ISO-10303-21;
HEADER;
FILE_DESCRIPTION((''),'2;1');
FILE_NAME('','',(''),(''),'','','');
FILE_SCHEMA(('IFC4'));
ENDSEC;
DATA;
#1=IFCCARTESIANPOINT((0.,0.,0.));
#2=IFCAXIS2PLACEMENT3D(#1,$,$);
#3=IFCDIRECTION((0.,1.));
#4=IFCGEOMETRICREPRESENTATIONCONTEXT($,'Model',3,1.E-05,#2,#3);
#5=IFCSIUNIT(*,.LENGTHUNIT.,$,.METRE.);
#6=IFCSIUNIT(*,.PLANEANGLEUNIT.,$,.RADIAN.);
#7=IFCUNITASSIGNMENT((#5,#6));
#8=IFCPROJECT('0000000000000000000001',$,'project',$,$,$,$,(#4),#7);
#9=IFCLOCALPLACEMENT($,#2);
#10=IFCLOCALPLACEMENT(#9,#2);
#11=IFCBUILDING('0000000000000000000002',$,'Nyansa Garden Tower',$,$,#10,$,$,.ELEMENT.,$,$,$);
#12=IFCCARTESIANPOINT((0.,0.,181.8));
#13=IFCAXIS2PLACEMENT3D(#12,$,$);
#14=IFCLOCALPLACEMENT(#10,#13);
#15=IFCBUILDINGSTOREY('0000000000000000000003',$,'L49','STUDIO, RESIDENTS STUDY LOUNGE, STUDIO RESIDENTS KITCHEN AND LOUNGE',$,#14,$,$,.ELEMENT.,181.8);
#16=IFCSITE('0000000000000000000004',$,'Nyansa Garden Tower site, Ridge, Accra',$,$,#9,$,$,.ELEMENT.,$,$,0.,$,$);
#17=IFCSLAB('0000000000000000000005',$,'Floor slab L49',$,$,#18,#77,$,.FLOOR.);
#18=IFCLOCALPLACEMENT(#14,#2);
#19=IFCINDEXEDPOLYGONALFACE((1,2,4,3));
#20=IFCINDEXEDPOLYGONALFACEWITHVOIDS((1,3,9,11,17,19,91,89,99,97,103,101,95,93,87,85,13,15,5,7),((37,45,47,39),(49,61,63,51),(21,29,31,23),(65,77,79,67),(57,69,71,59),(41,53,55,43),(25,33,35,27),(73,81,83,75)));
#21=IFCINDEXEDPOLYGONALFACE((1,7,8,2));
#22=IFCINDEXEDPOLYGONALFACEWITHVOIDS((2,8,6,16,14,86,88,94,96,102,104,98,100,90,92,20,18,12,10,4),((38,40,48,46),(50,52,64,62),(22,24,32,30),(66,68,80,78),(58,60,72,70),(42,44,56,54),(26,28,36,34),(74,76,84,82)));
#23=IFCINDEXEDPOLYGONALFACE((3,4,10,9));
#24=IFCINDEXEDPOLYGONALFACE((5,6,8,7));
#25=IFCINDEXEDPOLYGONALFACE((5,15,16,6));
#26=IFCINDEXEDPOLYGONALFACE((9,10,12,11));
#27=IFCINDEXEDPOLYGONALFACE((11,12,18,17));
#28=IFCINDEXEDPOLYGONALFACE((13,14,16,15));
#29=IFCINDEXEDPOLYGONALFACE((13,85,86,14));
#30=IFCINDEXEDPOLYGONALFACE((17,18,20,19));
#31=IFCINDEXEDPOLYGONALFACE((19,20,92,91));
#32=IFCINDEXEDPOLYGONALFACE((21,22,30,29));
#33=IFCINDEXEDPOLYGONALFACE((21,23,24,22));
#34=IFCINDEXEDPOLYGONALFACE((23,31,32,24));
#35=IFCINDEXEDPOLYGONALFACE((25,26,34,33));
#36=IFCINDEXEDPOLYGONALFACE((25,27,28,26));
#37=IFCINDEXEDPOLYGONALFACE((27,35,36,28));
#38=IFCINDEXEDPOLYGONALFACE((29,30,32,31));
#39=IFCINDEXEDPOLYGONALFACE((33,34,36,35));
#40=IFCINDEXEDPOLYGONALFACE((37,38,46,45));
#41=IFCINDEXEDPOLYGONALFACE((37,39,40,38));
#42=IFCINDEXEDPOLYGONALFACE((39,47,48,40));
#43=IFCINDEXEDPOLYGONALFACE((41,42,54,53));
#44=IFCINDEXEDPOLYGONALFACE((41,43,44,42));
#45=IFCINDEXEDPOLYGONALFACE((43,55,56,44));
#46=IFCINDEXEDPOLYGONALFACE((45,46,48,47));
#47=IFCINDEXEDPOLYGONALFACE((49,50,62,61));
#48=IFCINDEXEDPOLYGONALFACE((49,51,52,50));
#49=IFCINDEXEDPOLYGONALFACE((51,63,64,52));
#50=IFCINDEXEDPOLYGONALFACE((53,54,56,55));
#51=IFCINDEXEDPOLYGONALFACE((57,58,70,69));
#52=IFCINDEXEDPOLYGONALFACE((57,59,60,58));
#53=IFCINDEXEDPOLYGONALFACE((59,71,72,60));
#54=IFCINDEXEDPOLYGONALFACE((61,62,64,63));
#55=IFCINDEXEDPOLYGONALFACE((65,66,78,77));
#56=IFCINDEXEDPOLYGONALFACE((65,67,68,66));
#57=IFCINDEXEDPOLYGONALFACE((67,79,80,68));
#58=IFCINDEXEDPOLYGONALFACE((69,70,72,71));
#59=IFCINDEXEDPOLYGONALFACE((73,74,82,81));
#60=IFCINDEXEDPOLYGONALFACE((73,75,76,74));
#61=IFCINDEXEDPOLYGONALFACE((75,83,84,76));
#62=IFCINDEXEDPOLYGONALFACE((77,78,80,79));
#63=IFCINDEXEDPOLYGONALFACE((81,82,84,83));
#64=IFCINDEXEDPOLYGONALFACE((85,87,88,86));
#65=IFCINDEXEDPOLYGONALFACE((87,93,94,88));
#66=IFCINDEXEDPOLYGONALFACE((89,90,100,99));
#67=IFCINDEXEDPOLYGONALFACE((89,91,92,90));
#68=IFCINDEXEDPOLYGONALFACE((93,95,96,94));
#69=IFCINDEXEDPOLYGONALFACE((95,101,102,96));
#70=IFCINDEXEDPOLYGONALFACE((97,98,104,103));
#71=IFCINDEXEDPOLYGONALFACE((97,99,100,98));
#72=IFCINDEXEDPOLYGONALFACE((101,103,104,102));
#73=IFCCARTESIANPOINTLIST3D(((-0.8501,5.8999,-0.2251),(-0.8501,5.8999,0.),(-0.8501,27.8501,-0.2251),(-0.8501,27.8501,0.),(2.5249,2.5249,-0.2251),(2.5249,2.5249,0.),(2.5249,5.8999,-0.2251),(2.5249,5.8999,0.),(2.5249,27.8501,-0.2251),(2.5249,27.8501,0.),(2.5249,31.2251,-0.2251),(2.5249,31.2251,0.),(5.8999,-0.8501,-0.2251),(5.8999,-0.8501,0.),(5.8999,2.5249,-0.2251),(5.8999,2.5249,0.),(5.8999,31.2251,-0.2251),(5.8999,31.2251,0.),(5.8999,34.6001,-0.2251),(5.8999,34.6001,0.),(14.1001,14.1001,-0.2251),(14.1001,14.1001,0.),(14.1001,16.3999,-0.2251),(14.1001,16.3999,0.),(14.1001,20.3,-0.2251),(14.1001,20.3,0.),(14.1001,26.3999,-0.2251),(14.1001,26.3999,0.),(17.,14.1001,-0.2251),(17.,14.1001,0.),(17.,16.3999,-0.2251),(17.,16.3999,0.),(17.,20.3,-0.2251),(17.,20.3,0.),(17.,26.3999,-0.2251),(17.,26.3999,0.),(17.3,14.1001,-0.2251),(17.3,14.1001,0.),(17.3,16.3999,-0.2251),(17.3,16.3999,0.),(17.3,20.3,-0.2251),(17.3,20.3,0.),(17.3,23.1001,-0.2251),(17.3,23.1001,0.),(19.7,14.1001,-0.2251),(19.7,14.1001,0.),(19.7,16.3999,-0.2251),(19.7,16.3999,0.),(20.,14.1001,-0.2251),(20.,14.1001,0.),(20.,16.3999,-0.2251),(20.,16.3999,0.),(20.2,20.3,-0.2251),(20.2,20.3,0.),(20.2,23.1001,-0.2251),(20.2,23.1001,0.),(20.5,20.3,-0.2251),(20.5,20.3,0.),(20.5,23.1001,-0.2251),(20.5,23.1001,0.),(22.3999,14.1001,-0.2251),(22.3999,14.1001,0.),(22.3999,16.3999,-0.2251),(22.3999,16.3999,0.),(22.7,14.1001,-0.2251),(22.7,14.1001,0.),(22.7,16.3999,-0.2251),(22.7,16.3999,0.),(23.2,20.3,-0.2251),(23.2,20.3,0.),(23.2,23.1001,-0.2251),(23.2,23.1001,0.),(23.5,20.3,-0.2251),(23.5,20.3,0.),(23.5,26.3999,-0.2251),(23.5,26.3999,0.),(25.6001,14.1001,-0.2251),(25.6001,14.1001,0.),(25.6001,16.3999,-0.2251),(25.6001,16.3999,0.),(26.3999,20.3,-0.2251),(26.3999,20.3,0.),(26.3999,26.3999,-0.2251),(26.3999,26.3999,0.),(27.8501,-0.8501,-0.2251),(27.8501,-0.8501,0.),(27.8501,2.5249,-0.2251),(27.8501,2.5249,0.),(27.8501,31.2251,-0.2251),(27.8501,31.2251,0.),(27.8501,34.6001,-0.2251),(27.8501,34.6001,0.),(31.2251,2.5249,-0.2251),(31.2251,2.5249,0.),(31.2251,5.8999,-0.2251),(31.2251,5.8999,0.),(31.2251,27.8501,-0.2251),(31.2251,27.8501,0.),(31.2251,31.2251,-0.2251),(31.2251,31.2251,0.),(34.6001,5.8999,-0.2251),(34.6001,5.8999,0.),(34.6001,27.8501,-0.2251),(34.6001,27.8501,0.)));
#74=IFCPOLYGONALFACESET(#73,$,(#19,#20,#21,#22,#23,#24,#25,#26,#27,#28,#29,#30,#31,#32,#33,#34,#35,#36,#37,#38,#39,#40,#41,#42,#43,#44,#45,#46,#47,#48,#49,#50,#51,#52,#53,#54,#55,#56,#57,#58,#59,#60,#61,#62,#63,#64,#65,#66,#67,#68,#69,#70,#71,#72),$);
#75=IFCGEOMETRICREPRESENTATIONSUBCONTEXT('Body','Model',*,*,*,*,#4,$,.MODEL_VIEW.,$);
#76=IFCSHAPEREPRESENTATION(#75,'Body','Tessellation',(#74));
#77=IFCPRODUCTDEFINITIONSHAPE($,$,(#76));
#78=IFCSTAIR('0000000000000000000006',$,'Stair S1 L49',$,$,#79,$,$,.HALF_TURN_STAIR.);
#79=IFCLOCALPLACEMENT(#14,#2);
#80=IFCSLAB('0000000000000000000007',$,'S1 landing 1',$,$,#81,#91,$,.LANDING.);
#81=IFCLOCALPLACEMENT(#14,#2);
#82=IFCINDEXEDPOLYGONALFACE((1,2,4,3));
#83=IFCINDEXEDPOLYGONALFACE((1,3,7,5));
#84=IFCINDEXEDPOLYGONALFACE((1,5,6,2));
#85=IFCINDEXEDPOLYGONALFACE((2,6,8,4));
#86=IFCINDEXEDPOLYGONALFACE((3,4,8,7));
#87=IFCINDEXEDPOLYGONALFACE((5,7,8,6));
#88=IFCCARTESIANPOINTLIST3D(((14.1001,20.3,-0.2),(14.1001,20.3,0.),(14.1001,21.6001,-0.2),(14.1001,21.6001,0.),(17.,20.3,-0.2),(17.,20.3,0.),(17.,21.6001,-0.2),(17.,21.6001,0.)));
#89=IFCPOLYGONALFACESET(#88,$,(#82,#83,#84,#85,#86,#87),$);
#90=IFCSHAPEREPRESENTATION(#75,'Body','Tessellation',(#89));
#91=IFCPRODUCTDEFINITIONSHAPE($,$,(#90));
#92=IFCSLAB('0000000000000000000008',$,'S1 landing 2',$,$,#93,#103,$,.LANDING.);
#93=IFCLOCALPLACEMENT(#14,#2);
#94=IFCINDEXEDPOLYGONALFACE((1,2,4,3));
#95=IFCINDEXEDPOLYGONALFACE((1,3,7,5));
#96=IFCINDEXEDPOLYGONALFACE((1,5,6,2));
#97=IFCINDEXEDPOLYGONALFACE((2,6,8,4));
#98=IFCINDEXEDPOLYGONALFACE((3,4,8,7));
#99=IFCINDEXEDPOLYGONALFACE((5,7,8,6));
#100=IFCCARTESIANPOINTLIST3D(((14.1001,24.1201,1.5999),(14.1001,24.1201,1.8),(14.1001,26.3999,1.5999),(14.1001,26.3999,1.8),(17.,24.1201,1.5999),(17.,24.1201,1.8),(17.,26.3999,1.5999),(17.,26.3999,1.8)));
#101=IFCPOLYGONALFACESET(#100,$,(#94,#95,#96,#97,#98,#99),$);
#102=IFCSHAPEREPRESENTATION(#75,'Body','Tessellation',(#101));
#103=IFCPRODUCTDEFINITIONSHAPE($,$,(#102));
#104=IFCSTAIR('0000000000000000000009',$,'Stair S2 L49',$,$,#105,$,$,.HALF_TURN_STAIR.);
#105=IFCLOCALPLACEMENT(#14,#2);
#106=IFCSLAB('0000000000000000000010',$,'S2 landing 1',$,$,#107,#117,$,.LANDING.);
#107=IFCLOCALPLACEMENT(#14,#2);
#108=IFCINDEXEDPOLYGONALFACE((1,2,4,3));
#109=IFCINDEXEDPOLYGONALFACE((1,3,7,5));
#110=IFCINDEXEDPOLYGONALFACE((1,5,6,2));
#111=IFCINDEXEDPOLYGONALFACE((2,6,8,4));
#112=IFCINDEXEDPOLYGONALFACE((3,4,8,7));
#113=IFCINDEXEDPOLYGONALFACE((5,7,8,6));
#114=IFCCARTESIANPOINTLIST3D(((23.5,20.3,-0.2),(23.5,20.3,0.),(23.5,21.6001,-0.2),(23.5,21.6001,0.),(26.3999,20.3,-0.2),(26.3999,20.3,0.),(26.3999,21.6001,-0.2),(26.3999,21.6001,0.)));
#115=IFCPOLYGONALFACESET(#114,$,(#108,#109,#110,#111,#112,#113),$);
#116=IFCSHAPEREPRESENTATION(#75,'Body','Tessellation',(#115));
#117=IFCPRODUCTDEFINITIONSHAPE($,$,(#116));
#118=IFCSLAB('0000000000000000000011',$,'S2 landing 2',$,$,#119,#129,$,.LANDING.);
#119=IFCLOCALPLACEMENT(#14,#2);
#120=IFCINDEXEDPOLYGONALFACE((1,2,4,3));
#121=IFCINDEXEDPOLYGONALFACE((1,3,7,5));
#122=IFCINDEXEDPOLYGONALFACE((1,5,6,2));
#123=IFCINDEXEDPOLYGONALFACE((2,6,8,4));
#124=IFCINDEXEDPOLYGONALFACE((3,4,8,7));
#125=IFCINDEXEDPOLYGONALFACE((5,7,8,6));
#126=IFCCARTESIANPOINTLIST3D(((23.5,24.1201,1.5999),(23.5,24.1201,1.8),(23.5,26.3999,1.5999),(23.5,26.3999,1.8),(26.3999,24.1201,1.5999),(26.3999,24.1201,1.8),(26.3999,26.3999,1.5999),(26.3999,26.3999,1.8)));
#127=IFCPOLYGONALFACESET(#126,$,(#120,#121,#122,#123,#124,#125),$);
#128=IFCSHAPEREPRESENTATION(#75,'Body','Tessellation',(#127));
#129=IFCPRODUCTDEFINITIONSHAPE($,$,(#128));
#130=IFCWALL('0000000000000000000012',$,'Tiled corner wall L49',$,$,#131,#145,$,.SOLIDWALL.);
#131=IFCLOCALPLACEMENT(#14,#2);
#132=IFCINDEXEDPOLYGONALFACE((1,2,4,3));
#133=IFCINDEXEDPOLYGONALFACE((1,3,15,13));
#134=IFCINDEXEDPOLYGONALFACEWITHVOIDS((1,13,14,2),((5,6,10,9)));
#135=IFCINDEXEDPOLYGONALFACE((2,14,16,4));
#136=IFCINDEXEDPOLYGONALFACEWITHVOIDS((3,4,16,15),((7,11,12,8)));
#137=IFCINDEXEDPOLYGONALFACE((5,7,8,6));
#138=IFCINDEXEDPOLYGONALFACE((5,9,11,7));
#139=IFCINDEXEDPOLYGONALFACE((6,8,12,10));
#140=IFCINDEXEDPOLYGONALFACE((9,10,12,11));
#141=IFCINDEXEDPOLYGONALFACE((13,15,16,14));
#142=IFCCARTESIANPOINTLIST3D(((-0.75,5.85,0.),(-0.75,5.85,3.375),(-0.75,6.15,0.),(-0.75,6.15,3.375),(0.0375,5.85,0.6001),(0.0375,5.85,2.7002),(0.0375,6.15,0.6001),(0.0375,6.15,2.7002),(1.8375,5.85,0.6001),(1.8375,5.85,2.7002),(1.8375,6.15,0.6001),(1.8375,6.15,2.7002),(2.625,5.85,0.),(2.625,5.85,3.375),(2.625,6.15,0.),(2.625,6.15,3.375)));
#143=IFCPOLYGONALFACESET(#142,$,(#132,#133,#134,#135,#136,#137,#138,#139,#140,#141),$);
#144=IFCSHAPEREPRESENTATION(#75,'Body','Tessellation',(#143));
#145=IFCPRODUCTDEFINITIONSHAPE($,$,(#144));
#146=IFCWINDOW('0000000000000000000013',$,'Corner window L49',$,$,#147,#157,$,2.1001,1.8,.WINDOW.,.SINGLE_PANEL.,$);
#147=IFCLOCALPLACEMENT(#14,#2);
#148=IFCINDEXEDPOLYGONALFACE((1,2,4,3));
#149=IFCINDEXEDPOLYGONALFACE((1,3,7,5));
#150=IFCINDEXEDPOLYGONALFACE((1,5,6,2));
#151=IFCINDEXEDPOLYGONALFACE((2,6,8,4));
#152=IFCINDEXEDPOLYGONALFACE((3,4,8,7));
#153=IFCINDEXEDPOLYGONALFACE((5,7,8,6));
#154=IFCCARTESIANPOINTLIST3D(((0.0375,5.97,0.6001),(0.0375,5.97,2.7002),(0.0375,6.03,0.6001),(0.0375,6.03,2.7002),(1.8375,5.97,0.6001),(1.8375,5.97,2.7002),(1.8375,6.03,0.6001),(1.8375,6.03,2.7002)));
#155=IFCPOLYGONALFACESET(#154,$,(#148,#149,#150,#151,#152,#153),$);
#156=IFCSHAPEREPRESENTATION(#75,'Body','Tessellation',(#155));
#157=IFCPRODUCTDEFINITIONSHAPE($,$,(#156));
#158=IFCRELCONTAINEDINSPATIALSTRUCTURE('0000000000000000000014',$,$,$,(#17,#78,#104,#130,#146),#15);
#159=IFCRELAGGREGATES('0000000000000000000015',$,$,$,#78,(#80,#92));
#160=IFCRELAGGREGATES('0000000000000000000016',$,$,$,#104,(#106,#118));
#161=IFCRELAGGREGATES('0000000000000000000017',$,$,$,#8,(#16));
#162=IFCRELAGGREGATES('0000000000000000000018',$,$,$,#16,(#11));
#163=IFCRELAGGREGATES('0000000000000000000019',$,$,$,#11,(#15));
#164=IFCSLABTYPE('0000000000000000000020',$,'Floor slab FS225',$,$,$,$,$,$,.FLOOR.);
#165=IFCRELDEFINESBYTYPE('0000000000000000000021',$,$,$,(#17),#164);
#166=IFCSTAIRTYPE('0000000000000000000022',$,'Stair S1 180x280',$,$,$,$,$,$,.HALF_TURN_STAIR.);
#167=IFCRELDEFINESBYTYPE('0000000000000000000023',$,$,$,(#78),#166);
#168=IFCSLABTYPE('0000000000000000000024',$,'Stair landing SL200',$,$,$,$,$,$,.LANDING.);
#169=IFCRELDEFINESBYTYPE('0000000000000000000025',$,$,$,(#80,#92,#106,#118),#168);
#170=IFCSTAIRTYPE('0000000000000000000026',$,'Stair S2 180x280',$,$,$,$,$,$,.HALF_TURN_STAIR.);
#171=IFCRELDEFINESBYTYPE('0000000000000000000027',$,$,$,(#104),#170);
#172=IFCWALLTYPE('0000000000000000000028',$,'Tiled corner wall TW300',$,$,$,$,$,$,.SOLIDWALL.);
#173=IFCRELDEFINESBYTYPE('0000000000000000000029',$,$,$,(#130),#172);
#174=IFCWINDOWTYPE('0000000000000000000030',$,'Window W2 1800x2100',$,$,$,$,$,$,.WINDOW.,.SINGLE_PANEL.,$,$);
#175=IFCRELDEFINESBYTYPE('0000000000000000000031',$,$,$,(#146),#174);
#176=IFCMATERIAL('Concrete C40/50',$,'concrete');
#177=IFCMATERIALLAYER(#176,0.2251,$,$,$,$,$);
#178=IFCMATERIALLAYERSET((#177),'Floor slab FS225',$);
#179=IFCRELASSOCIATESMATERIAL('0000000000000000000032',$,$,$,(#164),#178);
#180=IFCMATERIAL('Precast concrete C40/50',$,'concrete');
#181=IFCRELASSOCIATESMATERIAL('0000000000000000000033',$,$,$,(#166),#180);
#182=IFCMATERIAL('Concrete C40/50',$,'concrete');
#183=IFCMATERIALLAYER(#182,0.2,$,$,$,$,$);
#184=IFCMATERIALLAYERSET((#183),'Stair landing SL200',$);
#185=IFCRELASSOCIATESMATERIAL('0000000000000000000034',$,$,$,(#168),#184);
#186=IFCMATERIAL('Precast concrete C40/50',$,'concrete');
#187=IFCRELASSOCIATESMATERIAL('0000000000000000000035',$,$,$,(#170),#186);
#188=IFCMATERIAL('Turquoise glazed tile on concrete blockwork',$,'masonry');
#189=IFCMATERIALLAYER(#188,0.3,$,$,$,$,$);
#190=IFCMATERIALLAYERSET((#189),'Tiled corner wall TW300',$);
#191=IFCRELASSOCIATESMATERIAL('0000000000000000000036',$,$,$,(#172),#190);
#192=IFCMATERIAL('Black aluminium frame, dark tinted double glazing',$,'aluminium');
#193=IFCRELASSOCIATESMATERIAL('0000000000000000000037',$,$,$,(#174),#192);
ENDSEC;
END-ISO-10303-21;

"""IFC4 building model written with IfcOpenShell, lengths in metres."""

from ifc_helpers import new_model, si_unit, direction, frame, frame_2d, origin, place, context, subcontext, project, spatial, polyline, rectangle, outline, extrude, material, layer, layer_set, type_object, element, fill, aggregate, save


model = new_model("IFC4")

# Units and contexts
model_context = context("Model", 3, precision=1e-05, world=origin(), true_north=direction((0.0, 1.0)))
body_context = subcontext(model_context, "Body", "Model", "MODEL_VIEW")
ifc_project = project(units=[si_unit("LENGTHUNIT", "METRE"), si_unit("PLANEANGLEUNIT", "RADIAN")], contexts=[model_context])

# Site, building, storey
site_placement = place(None, origin())
site = spatial("IfcSite", under=ifc_project, at=site_placement, Name="Nyansa Garden Tower site, Ridge, Accra", CompositionType="ELEMENT", RefElevation=0.0)
building_placement = place(site_placement, origin())
building = spatial("IfcBuilding", under=site, at=building_placement, Name="Nyansa Garden Tower", CompositionType="ELEMENT")
storey_placement = place(building_placement, frame((0.0, 0.0, 181.8)))
storey = spatial("IfcBuildingStorey", under=building, at=storey_placement, Name="L49", Description="STUDIO, RESIDENTS STUDY LOUNGE, STUDIO RESIDENTS KITCHEN AND LOUNGE", CompositionType="ELEMENT", Elevation=181.8)

# Slab
ifc_material_1 = material(Name="Concrete C40/50", Category="concrete")
ifc_layer_1 = layer(ifc_material_1, 0.2251)
ifc_layer_set_1 = layer_set([ifc_layer_1], Name="Floor slab FS225")
slab_type_1 = type_object("IfcSlabType", Name="Floor slab FS225", PredefinedType="FLOOR", material=ifc_layer_set_1)
slab_1_placement = place(storey_placement, frame((0.0, 0.0, -0.2251)))
element("IfcSlab", 1, at=slab_1_placement, inside=storey, type_object=slab_type_1, Name="Floor slab L49", PredefinedType="FLOOR", context=body_context, shape_type="SweptSolid", body=[
    extrude(outline(polyline([(34.6001, 5.8999), (31.2251, 5.8999), (31.2251, 2.5249), (27.8501, 2.5249), (27.8501, -0.8501), (5.8999, -0.8501), (5.8999, 2.5249), (2.5249, 2.5249), (2.5249, 5.8999), (-0.8501, 5.8999), (-0.8501, 27.8501), (2.5249, 27.8501), (2.5249, 31.2251), (5.8999, 31.2251), (5.8999, 34.6001), (27.8501, 34.6001), (27.8501, 31.2251), (31.2251, 31.2251), (31.2251, 27.8501), (34.6001, 27.8501), (34.6001, 5.8999)]), holes=[polyline([(14.1001, 14.1001), (17.0, 14.1001), (17.0, 16.3999), (14.1001, 16.3999), (14.1001, 14.1001)]), polyline([(17.3, 14.1001), (19.7, 14.1001), (19.7, 16.3999), (17.3, 16.3999), (17.3, 14.1001)]), polyline([(20.0, 14.1001), (22.3999, 14.1001), (22.3999, 16.3999), (20.0, 16.3999), (20.0, 14.1001)]), polyline([(22.7, 14.1001), (25.6001, 14.1001), (25.6001, 16.3999), (22.7, 16.3999), (22.7, 14.1001)]), polyline([(17.3, 20.3), (20.2, 20.3), (20.2, 23.1001), (17.3, 23.1001), (17.3, 20.3)]), polyline([(20.5, 20.3), (23.2, 20.3), (23.2, 23.1001), (20.5, 23.1001), (20.5, 20.3)]), polyline([(14.1001, 20.3), (17.0, 20.3), (17.0, 26.3999), (14.1001, 26.3999), (14.1001, 20.3)]), polyline([(23.5, 20.3), (26.3999, 20.3), (26.3999, 26.3999), (23.5, 26.3999), (23.5, 20.3)])]), origin(), (0.0, 0.0, 1.0), 0.2251),
])

# Stairs, slabs
ifc_material_2 = material(Name="Precast concrete C40/50", Category="concrete")
stair_type_1 = type_object("IfcStairType", Name="Stair S1 180x280", PredefinedType="HALF_TURN_STAIR", material=ifc_material_2)
stair_1_placement = place(storey_placement, origin())
stair_1 = element("IfcStair", 2, at=stair_1_placement, inside=storey, type_object=stair_type_1, Name="Stair S1 L49", PredefinedType="HALF_TURN_STAIR")
ifc_material_3 = material(Name="Concrete C40/50", Category="concrete")
ifc_layer_2 = layer(ifc_material_3, 0.2)
ifc_layer_set_2 = layer_set([ifc_layer_2], Name="Stair landing SL200")
slab_type_2 = type_object("IfcSlabType", Name="Stair landing SL200", PredefinedType="LANDING", material=ifc_layer_set_2)
slab_2_placement = place(storey_placement, frame((0.0, 0.0, -0.2)))
slab_2 = element("IfcSlab", 3, at=slab_2_placement, type_object=slab_type_2, Name="S1 landing 1", PredefinedType="LANDING", context=body_context, shape_type="SweptSolid", body=[
    extrude(outline(polyline([(14.1001, 20.3), (17.0, 20.3), (17.0, 21.6001), (14.1001, 21.6001), (14.1001, 20.3)])), origin(), (0.0, 0.0, 1.0), 0.2),
])
slab_3_placement = place(storey_placement, frame((0.0, 0.0, 1.5999)))
slab_3 = element("IfcSlab", 4, at=slab_3_placement, type_object=slab_type_2, Name="S1 landing 2", PredefinedType="LANDING", context=body_context, shape_type="SweptSolid", body=[
    extrude(outline(polyline([(14.1001, 24.1201), (17.0, 24.1201), (17.0, 26.3999), (14.1001, 26.3999), (14.1001, 24.1201)])), origin(), (0.0, 0.0, 1.0), 0.2002),
])
aggregate(stair_1, [slab_2, slab_3])
ifc_material_4 = material(Name="Precast concrete C40/50", Category="concrete")
stair_type_2 = type_object("IfcStairType", Name="Stair S2 180x280", PredefinedType="HALF_TURN_STAIR", material=ifc_material_4)
stair_2_placement = place(storey_placement, origin())
stair_2 = element("IfcStair", 5, at=stair_2_placement, inside=storey, type_object=stair_type_2, Name="Stair S2 L49", PredefinedType="HALF_TURN_STAIR")
slab_4_placement = place(storey_placement, frame((0.0, 0.0, -0.2)))
slab_4 = element("IfcSlab", 6, at=slab_4_placement, type_object=slab_type_2, Name="S2 landing 1", PredefinedType="LANDING", context=body_context, shape_type="SweptSolid", body=[
    extrude(outline(polyline([(23.5, 20.3), (26.3999, 20.3), (26.3999, 21.6001), (23.5, 21.6001), (23.5, 20.3)])), origin(), (0.0, 0.0, 1.0), 0.2),
])
slab_5_placement = place(storey_placement, frame((0.0, 0.0, 1.5999)))
slab_5 = element("IfcSlab", 7, at=slab_5_placement, type_object=slab_type_2, Name="S2 landing 2", PredefinedType="LANDING", context=body_context, shape_type="SweptSolid", body=[
    extrude(outline(polyline([(23.5, 24.1201), (26.3999, 24.1201), (26.3999, 26.3999), (23.5, 26.3999), (23.5, 24.1201)])), origin(), (0.0, 0.0, 1.0), 0.2002),
])
aggregate(stair_2, [slab_4, slab_5])

# Wall, opening, window
ifc_material_5 = material(Name="Turquoise glazed tile on concrete blockwork", Category="masonry")
ifc_layer_3 = layer(ifc_material_5, 0.3)
ifc_layer_set_3 = layer_set([ifc_layer_3], Name="Tiled corner wall TW300")
wall_type = type_object("IfcWallType", Name="Tiled corner wall TW300", PredefinedType="SOLIDWALL", material=ifc_layer_set_3)
wall_1_placement = place(storey_placement, frame((-0.75, 6.0, 0.0), z_axis=(0.0, 0.0, 1.0), x_axis=(1.0, 0.0, 0.0)))
wall_1 = element("IfcWall", 8, at=wall_1_placement, inside=storey, type_object=wall_type, Name="Tiled corner wall L49", PredefinedType="SOLIDWALL", context=body_context, shape_type="SweptSolid", body=[
    extrude(rectangle(XDim=3.375, YDim=0.3, at=frame_2d((1.6875, 0.0))), origin(), (0.0, 0.0, 1.0), 3.375),
])
opening_1_placement = place(wall_1_placement, frame((0.7876, 0.0, 0.6001)))
opening_1 = element("IfcOpeningElement", 9, at=opening_1_placement, cuts=wall_1, PredefinedType="OPENING", context=body_context, shape_type="SweptSolid", body=[
    extrude(rectangle(XDim=1.8, YDim=2.1001, at=frame_2d((0.8999, 1.05))), frame((0.0, 0.1599, 0.0), z_axis=(0.0, -1.0, 0.0), x_axis=(1.0, 0.0, 0.0)), (0.0, 0.0, 1.0), 0.3201),
])
ifc_material_6 = material(Name="Black aluminium frame, dark tinted double glazing", Category="aluminium")
window_type = type_object("IfcWindowType", Name="Window W2 1800x2100", PartitioningType="SINGLE_PANEL", PredefinedType="WINDOW", material=ifc_material_6)
window_1_placement = place(opening_1_placement, origin())
window_1 = element("IfcWindow", 10, at=window_1_placement, inside=storey, type_object=window_type, Name="Corner window L49", OverallHeight=2.1001, OverallWidth=1.8, PartitioningType="SINGLE_PANEL", PredefinedType="WINDOW", context=body_context, shape_type="SweptSolid", body=[
    extrude(rectangle(XDim=1.8, YDim=2.1001, at=frame_2d((0.8999, 1.05))), frame((0.0, 0.03, 0.0), z_axis=(0.0, -1.0, 0.0), x_axis=(1.0, 0.0, 0.0)), (0.0, 0.0, 1.0), 0.0601),
])
fill(opening_1, window_1)

save(model, "model.ifc")
